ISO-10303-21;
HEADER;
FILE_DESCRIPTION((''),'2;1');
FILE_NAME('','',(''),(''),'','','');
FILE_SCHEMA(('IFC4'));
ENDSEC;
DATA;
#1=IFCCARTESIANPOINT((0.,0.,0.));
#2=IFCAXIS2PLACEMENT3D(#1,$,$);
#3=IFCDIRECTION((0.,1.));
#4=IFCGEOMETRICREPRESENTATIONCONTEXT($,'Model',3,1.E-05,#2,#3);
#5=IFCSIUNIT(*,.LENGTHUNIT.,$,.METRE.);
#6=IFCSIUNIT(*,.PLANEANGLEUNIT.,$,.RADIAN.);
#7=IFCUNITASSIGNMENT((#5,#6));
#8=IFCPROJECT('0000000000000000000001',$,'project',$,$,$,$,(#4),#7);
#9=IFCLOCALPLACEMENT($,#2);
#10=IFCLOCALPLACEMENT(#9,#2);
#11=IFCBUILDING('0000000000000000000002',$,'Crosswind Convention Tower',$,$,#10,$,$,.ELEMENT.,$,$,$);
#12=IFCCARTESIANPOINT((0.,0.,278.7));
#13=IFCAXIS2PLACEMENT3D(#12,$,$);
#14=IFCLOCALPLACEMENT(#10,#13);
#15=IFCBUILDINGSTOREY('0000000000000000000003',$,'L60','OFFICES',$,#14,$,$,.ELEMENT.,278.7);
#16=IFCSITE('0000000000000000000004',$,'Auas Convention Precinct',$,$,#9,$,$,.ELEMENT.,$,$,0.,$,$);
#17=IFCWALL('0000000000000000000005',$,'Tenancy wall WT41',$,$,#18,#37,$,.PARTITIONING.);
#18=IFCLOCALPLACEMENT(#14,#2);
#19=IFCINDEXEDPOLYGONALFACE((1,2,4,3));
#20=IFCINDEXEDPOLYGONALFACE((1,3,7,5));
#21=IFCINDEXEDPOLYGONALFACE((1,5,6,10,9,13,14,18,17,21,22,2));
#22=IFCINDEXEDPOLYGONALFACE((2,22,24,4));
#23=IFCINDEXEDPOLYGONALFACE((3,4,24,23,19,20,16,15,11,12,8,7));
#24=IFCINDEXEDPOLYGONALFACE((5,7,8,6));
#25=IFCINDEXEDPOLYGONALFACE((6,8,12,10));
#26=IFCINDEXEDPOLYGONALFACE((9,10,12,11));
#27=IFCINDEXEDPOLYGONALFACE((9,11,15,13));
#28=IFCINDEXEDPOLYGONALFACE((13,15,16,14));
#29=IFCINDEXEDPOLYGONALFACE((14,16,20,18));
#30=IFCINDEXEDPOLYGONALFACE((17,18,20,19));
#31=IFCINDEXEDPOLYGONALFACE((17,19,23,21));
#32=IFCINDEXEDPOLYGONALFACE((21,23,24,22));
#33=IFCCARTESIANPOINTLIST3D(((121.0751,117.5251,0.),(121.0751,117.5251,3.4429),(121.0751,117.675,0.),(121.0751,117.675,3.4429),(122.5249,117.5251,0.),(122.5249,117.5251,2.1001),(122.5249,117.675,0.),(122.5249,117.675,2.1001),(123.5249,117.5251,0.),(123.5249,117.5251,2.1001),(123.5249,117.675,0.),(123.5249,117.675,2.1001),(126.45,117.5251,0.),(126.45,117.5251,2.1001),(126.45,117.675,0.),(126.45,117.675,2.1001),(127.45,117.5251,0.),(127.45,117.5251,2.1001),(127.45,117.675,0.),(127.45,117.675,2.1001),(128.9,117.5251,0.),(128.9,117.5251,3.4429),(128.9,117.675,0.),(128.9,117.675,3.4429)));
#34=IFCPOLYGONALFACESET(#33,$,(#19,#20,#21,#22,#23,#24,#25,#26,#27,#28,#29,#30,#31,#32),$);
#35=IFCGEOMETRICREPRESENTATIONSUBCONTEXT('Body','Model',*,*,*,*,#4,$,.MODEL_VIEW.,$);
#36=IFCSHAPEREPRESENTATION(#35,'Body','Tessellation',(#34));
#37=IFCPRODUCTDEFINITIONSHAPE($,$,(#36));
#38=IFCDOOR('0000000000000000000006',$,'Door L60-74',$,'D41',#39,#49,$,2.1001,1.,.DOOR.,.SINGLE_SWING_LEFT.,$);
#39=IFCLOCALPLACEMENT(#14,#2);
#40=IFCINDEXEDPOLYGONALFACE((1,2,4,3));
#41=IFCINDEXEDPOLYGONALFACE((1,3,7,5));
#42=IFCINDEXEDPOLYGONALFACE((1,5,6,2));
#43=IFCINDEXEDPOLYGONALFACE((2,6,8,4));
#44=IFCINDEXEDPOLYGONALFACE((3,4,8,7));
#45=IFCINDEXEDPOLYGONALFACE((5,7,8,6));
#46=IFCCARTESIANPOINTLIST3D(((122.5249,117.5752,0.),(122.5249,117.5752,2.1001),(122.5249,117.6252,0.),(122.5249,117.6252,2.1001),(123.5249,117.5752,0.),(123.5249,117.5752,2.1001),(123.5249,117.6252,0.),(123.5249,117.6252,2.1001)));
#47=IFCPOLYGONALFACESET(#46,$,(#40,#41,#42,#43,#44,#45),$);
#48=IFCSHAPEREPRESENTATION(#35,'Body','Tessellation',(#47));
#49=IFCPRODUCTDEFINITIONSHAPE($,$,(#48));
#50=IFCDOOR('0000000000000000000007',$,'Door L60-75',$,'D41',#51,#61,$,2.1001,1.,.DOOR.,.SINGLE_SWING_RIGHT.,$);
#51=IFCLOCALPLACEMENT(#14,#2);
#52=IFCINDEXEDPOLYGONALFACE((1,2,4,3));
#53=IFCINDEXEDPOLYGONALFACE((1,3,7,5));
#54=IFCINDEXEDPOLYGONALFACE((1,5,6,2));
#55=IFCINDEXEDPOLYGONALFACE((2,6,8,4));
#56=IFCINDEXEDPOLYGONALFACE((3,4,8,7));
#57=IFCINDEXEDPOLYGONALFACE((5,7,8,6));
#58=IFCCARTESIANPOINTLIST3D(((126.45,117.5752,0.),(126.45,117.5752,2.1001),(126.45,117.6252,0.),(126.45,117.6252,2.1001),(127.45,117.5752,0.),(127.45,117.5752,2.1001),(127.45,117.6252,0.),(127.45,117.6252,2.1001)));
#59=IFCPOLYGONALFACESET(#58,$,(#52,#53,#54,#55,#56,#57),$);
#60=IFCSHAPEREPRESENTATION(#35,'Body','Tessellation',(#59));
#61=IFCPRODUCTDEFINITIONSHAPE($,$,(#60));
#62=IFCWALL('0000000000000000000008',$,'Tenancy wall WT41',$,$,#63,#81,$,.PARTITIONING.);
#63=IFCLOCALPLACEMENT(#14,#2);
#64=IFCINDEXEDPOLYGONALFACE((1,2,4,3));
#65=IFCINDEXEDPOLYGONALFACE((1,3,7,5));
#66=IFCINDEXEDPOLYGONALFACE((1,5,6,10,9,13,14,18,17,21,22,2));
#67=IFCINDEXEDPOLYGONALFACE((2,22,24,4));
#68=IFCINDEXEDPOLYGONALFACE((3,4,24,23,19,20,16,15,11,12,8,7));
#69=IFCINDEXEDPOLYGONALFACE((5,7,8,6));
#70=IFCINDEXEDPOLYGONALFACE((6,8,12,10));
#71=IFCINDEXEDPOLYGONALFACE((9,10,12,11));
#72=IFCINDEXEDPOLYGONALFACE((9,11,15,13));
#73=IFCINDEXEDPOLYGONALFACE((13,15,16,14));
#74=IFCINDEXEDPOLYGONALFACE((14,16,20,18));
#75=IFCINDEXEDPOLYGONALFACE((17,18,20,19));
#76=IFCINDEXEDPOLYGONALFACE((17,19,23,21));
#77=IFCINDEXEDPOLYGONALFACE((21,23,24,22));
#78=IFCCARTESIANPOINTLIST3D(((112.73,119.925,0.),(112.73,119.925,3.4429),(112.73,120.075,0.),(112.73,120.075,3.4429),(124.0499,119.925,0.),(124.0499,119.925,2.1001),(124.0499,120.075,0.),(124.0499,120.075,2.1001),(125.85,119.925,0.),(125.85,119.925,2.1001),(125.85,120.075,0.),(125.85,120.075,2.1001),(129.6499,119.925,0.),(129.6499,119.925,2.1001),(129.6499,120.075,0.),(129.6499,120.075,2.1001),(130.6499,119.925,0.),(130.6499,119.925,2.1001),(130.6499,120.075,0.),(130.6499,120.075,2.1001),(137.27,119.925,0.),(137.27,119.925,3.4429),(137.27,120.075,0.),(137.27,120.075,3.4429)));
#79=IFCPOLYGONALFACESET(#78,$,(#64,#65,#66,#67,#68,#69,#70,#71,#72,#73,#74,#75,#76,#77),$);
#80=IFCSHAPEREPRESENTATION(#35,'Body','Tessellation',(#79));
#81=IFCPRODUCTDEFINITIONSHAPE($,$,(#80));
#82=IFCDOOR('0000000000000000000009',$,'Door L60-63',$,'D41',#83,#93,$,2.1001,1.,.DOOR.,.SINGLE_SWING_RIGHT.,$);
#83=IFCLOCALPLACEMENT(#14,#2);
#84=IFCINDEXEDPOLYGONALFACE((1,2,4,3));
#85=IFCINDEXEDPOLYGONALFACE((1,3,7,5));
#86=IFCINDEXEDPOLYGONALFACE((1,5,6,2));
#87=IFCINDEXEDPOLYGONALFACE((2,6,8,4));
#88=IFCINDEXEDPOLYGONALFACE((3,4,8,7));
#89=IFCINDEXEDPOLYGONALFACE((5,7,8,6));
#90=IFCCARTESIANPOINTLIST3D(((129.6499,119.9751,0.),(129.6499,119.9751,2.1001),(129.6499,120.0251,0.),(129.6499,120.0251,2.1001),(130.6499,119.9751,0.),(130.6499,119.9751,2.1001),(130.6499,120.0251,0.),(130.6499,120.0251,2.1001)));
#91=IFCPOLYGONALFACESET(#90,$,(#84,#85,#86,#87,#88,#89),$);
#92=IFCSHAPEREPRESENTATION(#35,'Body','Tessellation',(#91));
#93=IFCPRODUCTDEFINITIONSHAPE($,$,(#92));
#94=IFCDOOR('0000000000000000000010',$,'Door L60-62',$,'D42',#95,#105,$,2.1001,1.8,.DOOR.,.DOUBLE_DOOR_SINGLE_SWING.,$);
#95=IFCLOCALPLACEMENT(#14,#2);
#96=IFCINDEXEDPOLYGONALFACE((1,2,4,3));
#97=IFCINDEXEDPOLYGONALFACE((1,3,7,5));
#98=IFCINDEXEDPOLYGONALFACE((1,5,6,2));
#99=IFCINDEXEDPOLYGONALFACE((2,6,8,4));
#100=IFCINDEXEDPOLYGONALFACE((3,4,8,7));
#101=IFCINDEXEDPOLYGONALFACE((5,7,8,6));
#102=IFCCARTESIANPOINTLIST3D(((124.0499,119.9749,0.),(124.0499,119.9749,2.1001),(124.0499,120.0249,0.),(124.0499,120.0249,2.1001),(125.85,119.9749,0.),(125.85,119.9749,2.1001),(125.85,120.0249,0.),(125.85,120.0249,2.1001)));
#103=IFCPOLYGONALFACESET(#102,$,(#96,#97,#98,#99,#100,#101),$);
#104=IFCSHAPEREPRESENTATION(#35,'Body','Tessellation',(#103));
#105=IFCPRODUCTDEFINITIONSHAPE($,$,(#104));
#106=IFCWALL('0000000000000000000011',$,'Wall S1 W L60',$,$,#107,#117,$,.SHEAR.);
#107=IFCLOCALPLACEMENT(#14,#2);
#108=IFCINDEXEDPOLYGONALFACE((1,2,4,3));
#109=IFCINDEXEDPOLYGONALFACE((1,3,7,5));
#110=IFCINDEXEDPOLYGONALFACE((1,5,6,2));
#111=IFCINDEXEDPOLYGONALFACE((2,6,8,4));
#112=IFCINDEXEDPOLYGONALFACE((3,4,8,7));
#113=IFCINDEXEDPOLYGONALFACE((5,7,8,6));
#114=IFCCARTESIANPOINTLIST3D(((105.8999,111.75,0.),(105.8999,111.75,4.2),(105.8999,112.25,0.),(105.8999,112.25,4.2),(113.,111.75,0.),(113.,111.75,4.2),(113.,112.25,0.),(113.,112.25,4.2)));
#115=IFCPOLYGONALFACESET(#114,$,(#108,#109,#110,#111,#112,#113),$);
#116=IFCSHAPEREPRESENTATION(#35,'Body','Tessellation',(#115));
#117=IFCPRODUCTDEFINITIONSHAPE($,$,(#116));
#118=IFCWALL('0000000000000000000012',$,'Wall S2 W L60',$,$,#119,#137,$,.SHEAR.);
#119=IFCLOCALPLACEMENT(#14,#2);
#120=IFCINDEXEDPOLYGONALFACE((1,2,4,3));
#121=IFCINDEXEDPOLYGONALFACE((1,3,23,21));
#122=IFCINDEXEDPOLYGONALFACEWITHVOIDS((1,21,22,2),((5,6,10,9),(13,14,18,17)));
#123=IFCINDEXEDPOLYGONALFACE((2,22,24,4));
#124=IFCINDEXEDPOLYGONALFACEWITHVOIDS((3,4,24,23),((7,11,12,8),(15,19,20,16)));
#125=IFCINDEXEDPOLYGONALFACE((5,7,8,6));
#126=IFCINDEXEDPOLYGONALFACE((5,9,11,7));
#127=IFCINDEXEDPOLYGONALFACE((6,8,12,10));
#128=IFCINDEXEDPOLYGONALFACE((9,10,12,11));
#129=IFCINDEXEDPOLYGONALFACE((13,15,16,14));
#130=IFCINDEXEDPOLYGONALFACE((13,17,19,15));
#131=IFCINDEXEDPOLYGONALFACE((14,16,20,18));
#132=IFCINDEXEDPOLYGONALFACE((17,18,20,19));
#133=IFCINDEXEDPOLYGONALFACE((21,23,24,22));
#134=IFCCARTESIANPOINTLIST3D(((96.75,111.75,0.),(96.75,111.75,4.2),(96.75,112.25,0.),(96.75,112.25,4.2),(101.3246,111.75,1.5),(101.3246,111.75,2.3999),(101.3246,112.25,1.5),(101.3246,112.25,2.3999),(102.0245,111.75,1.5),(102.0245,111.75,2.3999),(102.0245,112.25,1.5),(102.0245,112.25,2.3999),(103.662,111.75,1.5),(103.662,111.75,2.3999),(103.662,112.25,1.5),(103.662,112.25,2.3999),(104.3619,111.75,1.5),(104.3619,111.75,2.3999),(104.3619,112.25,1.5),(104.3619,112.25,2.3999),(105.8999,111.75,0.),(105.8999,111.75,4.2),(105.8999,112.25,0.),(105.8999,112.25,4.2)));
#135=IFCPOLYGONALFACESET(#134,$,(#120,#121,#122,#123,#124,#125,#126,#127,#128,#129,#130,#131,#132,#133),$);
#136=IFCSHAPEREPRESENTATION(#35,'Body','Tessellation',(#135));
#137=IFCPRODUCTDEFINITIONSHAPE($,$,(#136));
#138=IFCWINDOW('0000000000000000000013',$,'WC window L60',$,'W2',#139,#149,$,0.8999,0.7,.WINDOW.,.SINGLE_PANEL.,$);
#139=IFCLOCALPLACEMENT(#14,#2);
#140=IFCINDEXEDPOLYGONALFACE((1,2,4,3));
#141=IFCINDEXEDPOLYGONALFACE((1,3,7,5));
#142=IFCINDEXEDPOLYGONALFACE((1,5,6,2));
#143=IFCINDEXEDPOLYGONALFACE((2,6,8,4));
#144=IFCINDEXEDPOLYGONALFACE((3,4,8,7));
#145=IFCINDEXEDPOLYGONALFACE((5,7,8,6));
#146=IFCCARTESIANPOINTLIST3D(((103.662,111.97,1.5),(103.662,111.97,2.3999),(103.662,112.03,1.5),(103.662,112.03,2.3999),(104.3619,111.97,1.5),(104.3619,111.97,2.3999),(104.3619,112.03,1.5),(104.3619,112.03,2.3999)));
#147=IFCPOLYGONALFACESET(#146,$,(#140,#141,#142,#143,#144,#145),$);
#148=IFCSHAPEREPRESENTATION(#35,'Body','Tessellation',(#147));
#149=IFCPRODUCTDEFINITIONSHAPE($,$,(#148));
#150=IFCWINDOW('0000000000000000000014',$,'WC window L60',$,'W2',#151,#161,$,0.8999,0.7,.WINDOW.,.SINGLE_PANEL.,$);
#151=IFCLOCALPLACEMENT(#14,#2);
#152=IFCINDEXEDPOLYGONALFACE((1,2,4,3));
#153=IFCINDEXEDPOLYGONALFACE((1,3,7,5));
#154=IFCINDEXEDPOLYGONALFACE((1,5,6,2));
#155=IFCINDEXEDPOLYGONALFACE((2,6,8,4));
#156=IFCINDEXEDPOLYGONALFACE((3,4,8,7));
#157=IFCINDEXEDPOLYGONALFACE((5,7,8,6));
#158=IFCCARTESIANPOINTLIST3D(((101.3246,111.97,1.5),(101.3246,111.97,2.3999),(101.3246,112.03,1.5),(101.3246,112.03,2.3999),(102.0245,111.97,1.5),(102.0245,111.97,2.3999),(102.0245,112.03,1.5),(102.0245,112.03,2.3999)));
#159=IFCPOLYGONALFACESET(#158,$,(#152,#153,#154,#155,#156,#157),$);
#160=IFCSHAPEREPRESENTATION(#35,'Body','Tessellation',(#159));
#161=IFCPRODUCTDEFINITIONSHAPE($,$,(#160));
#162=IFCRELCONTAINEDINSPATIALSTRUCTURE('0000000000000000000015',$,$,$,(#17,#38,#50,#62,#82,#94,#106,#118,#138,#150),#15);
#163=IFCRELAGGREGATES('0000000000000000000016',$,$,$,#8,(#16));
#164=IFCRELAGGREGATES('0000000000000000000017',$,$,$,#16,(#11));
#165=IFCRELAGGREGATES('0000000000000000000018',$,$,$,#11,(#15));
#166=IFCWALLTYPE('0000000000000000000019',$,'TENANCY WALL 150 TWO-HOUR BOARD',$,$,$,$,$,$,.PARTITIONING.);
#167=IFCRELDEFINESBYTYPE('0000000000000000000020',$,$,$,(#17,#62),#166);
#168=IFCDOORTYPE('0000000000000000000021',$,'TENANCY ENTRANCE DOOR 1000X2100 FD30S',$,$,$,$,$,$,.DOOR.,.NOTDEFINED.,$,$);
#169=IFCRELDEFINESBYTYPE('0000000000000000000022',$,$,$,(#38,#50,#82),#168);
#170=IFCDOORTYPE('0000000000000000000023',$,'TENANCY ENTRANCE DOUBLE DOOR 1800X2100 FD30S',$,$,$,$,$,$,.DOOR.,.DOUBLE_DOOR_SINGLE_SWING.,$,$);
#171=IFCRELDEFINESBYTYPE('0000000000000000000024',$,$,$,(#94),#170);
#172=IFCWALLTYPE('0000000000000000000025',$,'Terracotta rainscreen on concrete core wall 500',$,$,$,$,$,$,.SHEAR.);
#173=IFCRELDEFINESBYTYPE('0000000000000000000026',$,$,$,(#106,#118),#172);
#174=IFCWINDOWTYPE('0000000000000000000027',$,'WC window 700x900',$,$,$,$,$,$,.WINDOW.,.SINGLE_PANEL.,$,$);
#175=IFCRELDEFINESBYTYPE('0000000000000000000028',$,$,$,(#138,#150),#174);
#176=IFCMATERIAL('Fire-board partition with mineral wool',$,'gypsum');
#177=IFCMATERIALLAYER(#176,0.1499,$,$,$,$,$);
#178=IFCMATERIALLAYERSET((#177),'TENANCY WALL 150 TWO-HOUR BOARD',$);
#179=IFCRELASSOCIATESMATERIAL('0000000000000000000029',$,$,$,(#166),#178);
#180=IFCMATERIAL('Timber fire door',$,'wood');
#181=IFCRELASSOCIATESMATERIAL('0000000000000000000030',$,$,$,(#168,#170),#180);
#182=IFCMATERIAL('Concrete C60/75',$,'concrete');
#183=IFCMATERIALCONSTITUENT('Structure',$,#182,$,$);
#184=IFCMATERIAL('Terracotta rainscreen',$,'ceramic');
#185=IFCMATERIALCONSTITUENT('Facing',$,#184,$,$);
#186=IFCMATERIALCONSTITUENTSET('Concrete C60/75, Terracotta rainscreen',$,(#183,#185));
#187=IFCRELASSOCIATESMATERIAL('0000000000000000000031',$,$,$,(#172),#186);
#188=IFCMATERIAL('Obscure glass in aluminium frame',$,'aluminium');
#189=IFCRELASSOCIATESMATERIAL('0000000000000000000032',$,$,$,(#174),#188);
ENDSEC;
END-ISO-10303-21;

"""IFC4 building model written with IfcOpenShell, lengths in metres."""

from ifc_helpers import new_model, si_unit, direction, frame, frame_2d, origin, place, context, subcontext, project, spatial, rectangle, extrude, material, layer, layer_set, constituent, constituent_set, type_object, element, fill, save


model = new_model("IFC4")

# Units and contexts
model_context = context("Model", 3, precision=1e-05, world=origin(), true_north=direction((0.0, 1.0)))
body_context = subcontext(model_context, "Body", "Model", "MODEL_VIEW")
ifc_project = project(units=[si_unit("LENGTHUNIT", "METRE"), si_unit("PLANEANGLEUNIT", "RADIAN")], contexts=[model_context])

# Site, building, storey
site_placement = place(None, origin())
site = spatial("IfcSite", under=ifc_project, at=site_placement, Name="Auas Convention Precinct", CompositionType="ELEMENT", RefElevation=0.0)
building_placement = place(site_placement, origin())
building = spatial("IfcBuilding", under=site, at=building_placement, Name="Crosswind Convention Tower", CompositionType="ELEMENT")
storey_placement = place(building_placement, frame((0.0, 0.0, 278.7)))
storey = spatial("IfcBuildingStorey", under=building, at=storey_placement, Name="L60", Description="OFFICES", CompositionType="ELEMENT", Elevation=278.7)

# Shared definitions
ifc_material_1 = material(Name="Concrete C60/75", Category="concrete")

# Walls, openings, doors
ifc_material_2 = material(Name="Fire-board partition with mineral wool", Category="gypsum")
ifc_layer_1 = layer(ifc_material_2, 0.1499)
ifc_layer_set_1 = layer_set([ifc_layer_1], Name="TENANCY WALL 150 TWO-HOUR BOARD")
wall_type_1 = type_object("IfcWallType", Name="TENANCY WALL 150 TWO-HOUR BOARD", PredefinedType="PARTITIONING", material=ifc_layer_set_1)
wall_1_placement = place(storey_placement, frame((121.075, 117.6001, 0.0), z_axis=(0.0, 0.0, 1.0), x_axis=(1.0, 0.0, 0.0)))
wall_1 = element("IfcWall", 1, at=wall_1_placement, inside=storey, type_object=wall_type_1, Name="Tenancy wall WT41", PredefinedType="PARTITIONING", context=body_context, shape_type="SweptSolid", body=[
    extrude(rectangle(XDim=7.825, YDim=0.1499, at=frame_2d((3.9126, 0.0))), origin(), (0.0, 0.0, 1.0), 3.4429),
])
opening_1_placement = place(wall_1_placement, frame((1.45, 0.0, 0.0)))
opening_1 = element("IfcOpeningElement", 2, at=opening_1_placement, cuts=wall_1, PredefinedType="OPENING", context=body_context, shape_type="SweptSolid", body=[
    extrude(rectangle(XDim=1.0, YDim=2.1001, at=frame_2d((0.5, 1.05))), frame((0.0, 0.085, 0.0), z_axis=(0.0, -1.0, 0.0), x_axis=(1.0, 0.0, 0.0)), (0.0, 0.0, 1.0), 0.1699),
])
opening_2_placement = place(wall_1_placement, frame((5.375, 0.0, 0.0)))
opening_2 = element("IfcOpeningElement", 3, at=opening_2_placement, cuts=wall_1, PredefinedType="OPENING", context=body_context, shape_type="SweptSolid", body=[
    extrude(rectangle(XDim=1.0, YDim=2.1001, at=frame_2d((0.5, 1.05))), frame((0.0, 0.085, 0.0), z_axis=(0.0, -1.0, 0.0), x_axis=(1.0, 0.0, 0.0)), (0.0, 0.0, 1.0), 0.1699),
])
ifc_material_3 = material(Name="Timber fire door", Category="wood")
door_type_1 = type_object("IfcDoorType", Name="TENANCY ENTRANCE DOOR 1000X2100 FD30S", OperationType="NOTDEFINED", PredefinedType="DOOR", material=ifc_material_3)
door_1_placement = place(opening_1_placement, frame((1.0, 0.0, 0.0), z_axis=(0.0, 0.0, 1.0), x_axis=(-1.0, 0.0, 0.0)))
door_1 = element("IfcDoor", 4, at=door_1_placement, inside=storey, type_object=door_type_1, Name="Door L60-74", ObjectType="D41", OperationType="SINGLE_SWING_LEFT", OverallHeight=2.1001, OverallWidth=1.0, PredefinedType="DOOR", context=body_context, shape_type="SweptSolid", body=[
    extrude(rectangle(XDim=1.0, YDim=2.1001, at=frame_2d((0.5, 1.05))), frame((0.0, 0.0249, 0.0), z_axis=(0.0, -1.0, 0.0), x_axis=(1.0, 0.0, 0.0)), (0.0, 0.0, 1.0), 0.05),
])
fill(opening_1, door_1)
door_2_placement = place(opening_2_placement, frame((1.0, 0.0, 0.0), z_axis=(0.0, 0.0, 1.0), x_axis=(-1.0, 0.0, 0.0)))
door_2 = element("IfcDoor", 5, at=door_2_placement, inside=storey, type_object=door_type_1, Name="Door L60-75", ObjectType="D41", OperationType="SINGLE_SWING_RIGHT", OverallHeight=2.1001, OverallWidth=1.0, PredefinedType="DOOR", context=body_context, shape_type="SweptSolid", body=[
    extrude(rectangle(XDim=1.0, YDim=2.1001, at=frame_2d((0.5, 1.05))), frame((0.0, 0.0249, 0.0), z_axis=(0.0, -1.0, 0.0), x_axis=(1.0, 0.0, 0.0)), (0.0, 0.0, 1.0), 0.05),
])
fill(opening_2, door_2)
wall_2_placement = place(storey_placement, frame((112.73, 120.0, 0.0), z_axis=(0.0, 0.0, 1.0), x_axis=(1.0, 0.0, 0.0)))
wall_2 = element("IfcWall", 6, at=wall_2_placement, inside=storey, type_object=wall_type_1, Name="Tenancy wall WT41", PredefinedType="PARTITIONING", context=body_context, shape_type="SweptSolid", body=[
    extrude(rectangle(XDim=24.54, YDim=0.1499, at=frame_2d((12.27, 0.0))), origin(), (0.0, 0.0, 1.0), 3.4429),
])
opening_3_placement = place(wall_2_placement, frame((11.3201, 0.0, 0.0)))
opening_3 = element("IfcOpeningElement", 7, at=opening_3_placement, cuts=wall_2, PredefinedType="OPENING", context=body_context, shape_type="SweptSolid", body=[
    extrude(rectangle(XDim=1.8, YDim=2.1001, at=frame_2d((0.8999, 1.05))), frame((0.0, 0.085, 0.0), z_axis=(0.0, -1.0, 0.0), x_axis=(1.0, 0.0, 0.0)), (0.0, 0.0, 1.0), 0.1699),
])
opening_4_placement = place(wall_2_placement, frame((16.9199, 0.0, 0.0)))
opening_4 = element("IfcOpeningElement", 8, at=opening_4_placement, cuts=wall_2, PredefinedType="OPENING", context=body_context, shape_type="SweptSolid", body=[
    extrude(rectangle(XDim=1.0, YDim=2.1001, at=frame_2d((0.5, 1.05))), frame((0.0, 0.085, 0.0), z_axis=(0.0, -1.0, 0.0), x_axis=(1.0, 0.0, 0.0)), (0.0, 0.0, 1.0), 0.1699),
])
door_3_placement = place(opening_4_placement, frame((1.0, 0.0, 0.0), z_axis=(0.0, 0.0, 1.0), x_axis=(-1.0, 0.0, 0.0)))
door_3 = element("IfcDoor", 9, at=door_3_placement, inside=storey, type_object=door_type_1, Name="Door L60-63", ObjectType="D41", OperationType="SINGLE_SWING_RIGHT", OverallHeight=2.1001, OverallWidth=1.0, PredefinedType="DOOR", context=body_context, shape_type="SweptSolid", body=[
    extrude(rectangle(XDim=1.0, YDim=2.1001, at=frame_2d((0.5, 1.05))), frame((0.0, 0.0249, 0.0), z_axis=(0.0, -1.0, 0.0), x_axis=(1.0, 0.0, 0.0)), (0.0, 0.0, 1.0), 0.05),
])
fill(opening_4, door_3)
door_type_2 = type_object("IfcDoorType", Name="TENANCY ENTRANCE DOUBLE DOOR 1800X2100 FD30S", OperationType="DOUBLE_DOOR_SINGLE_SWING", PredefinedType="DOOR", material=ifc_material_3)
door_4_placement = place(opening_3_placement, origin())
door_4 = element("IfcDoor", 10, at=door_4_placement, inside=storey, type_object=door_type_2, Name="Door L60-62", ObjectType="D42", OperationType="DOUBLE_DOOR_SINGLE_SWING", OverallHeight=2.1001, OverallWidth=1.8, PredefinedType="DOOR", context=body_context, shape_type="SweptSolid", body=[
    extrude(rectangle(XDim=1.8, YDim=2.1001, at=frame_2d((0.8999, 1.05))), frame((0.0, 0.0249, 0.0), z_axis=(0.0, -1.0, 0.0), x_axis=(1.0, 0.0, 0.0)), (0.0, 0.0, 1.0), 0.05),
])
fill(opening_3, door_4)

# Wall
ifc_constituent_1 = constituent(ifc_material_1, Name="Structure")
ifc_material_4 = material(Name="Terracotta rainscreen", Category="ceramic")
ifc_constituent_2 = constituent(ifc_material_4, Name="Facing")
ifc_constituent_set = constituent_set(constituents=[ifc_constituent_1, ifc_constituent_2], Name="Concrete C60/75, Terracotta rainscreen")
wall_type_2 = type_object("IfcWallType", Name="Terracotta rainscreen on concrete core wall 500", PredefinedType="SHEAR", material=ifc_constituent_set)
wall_3_placement = place(storey_placement, frame((113.0, 112.0, 0.0), z_axis=(0.0, 0.0, 1.0), x_axis=(-1.0, 0.0, 0.0)))
element("IfcWall", 11, at=wall_3_placement, inside=storey, type_object=wall_type_2, Name="Wall S1 W L60", PredefinedType="SHEAR", context=body_context, shape_type="SweptSolid", body=[
    extrude(rectangle(XDim=7.1001, YDim=0.5, at=frame_2d((3.55, 0.0))), origin(), (0.0, 0.0, 1.0), 4.2),
])

# Wall, openings, windows
wall_4_placement = place(storey_placement, frame((105.8999, 112.0, 0.0), z_axis=(0.0, 0.0, 1.0), x_axis=(-1.0, 0.0, 0.0)))
wall_4 = element("IfcWall", 12, at=wall_4_placement, inside=storey, type_object=wall_type_2, Name="Wall S2 W L60", PredefinedType="SHEAR", context=body_context, shape_type="SweptSolid", body=[
    extrude(rectangle(XDim=9.1499, YDim=0.5, at=frame_2d((4.575, 0.0))), origin(), (0.0, 0.0, 1.0), 4.2),
])
opening_5_placement = place(wall_4_placement, frame((1.5378, 0.0, 1.5)))
opening_5 = element("IfcOpeningElement", 13, at=opening_5_placement, cuts=wall_4, PredefinedType="OPENING", context=body_context, shape_type="SweptSolid", body=[
    extrude(rectangle(XDim=0.7, YDim=0.8999, at=frame_2d((0.3501, 0.45))), frame((0.0, 0.26, 0.0), z_axis=(0.0, -1.0, 0.0), x_axis=(1.0, 0.0, 0.0)), (0.0, 0.0, 1.0), 0.52),
])
opening_6_placement = place(wall_4_placement, frame((3.8752, 0.0, 1.5)))
opening_6 = element("IfcOpeningElement", 14, at=opening_6_placement, cuts=wall_4, PredefinedType="OPENING", context=body_context, shape_type="SweptSolid", body=[
    extrude(rectangle(XDim=0.7, YDim=0.8999, at=frame_2d((0.3501, 0.45))), frame((0.0, 0.26, 0.0), z_axis=(0.0, -1.0, 0.0), x_axis=(1.0, 0.0, 0.0)), (0.0, 0.0, 1.0), 0.52),
])
ifc_material_5 = material(Name="Obscure glass in aluminium frame", Category="aluminium")
window_type = type_object("IfcWindowType", Name="WC window 700x900", PartitioningType="SINGLE_PANEL", PredefinedType="WINDOW", material=ifc_material_5)
window_1_placement = place(opening_5_placement, origin())
window_1 = element("IfcWindow", 15, at=window_1_placement, inside=storey, type_object=window_type, Name="WC window L60", ObjectType="W2", OverallHeight=0.8999, OverallWidth=0.7, PartitioningType="SINGLE_PANEL", PredefinedType="WINDOW", context=body_context, shape_type="SweptSolid", body=[
    extrude(rectangle(XDim=0.7, YDim=0.8999, at=frame_2d((0.3501, 0.45))), frame((0.0, 0.03, 0.0), z_axis=(0.0, -1.0, 0.0), x_axis=(1.0, 0.0, 0.0)), (0.0, 0.0, 1.0), 0.0601),
])
fill(opening_5, window_1)
window_2_placement = place(opening_6_placement, origin())
window_2 = element("IfcWindow", 16, at=window_2_placement, inside=storey, type_object=window_type, Name="WC window L60", ObjectType="W2", OverallHeight=0.8999, OverallWidth=0.7, PartitioningType="SINGLE_PANEL", PredefinedType="WINDOW", context=body_context, shape_type="SweptSolid", body=[
    extrude(rectangle(XDim=0.7, YDim=0.8999, at=frame_2d((0.3501, 0.45))), frame((0.0, 0.03, 0.0), z_axis=(0.0, -1.0, 0.0), x_axis=(1.0, 0.0, 0.0)), (0.0, 0.0, 1.0), 0.0601),
])
fill(opening_6, window_2)

save(model, "model.ifc")
